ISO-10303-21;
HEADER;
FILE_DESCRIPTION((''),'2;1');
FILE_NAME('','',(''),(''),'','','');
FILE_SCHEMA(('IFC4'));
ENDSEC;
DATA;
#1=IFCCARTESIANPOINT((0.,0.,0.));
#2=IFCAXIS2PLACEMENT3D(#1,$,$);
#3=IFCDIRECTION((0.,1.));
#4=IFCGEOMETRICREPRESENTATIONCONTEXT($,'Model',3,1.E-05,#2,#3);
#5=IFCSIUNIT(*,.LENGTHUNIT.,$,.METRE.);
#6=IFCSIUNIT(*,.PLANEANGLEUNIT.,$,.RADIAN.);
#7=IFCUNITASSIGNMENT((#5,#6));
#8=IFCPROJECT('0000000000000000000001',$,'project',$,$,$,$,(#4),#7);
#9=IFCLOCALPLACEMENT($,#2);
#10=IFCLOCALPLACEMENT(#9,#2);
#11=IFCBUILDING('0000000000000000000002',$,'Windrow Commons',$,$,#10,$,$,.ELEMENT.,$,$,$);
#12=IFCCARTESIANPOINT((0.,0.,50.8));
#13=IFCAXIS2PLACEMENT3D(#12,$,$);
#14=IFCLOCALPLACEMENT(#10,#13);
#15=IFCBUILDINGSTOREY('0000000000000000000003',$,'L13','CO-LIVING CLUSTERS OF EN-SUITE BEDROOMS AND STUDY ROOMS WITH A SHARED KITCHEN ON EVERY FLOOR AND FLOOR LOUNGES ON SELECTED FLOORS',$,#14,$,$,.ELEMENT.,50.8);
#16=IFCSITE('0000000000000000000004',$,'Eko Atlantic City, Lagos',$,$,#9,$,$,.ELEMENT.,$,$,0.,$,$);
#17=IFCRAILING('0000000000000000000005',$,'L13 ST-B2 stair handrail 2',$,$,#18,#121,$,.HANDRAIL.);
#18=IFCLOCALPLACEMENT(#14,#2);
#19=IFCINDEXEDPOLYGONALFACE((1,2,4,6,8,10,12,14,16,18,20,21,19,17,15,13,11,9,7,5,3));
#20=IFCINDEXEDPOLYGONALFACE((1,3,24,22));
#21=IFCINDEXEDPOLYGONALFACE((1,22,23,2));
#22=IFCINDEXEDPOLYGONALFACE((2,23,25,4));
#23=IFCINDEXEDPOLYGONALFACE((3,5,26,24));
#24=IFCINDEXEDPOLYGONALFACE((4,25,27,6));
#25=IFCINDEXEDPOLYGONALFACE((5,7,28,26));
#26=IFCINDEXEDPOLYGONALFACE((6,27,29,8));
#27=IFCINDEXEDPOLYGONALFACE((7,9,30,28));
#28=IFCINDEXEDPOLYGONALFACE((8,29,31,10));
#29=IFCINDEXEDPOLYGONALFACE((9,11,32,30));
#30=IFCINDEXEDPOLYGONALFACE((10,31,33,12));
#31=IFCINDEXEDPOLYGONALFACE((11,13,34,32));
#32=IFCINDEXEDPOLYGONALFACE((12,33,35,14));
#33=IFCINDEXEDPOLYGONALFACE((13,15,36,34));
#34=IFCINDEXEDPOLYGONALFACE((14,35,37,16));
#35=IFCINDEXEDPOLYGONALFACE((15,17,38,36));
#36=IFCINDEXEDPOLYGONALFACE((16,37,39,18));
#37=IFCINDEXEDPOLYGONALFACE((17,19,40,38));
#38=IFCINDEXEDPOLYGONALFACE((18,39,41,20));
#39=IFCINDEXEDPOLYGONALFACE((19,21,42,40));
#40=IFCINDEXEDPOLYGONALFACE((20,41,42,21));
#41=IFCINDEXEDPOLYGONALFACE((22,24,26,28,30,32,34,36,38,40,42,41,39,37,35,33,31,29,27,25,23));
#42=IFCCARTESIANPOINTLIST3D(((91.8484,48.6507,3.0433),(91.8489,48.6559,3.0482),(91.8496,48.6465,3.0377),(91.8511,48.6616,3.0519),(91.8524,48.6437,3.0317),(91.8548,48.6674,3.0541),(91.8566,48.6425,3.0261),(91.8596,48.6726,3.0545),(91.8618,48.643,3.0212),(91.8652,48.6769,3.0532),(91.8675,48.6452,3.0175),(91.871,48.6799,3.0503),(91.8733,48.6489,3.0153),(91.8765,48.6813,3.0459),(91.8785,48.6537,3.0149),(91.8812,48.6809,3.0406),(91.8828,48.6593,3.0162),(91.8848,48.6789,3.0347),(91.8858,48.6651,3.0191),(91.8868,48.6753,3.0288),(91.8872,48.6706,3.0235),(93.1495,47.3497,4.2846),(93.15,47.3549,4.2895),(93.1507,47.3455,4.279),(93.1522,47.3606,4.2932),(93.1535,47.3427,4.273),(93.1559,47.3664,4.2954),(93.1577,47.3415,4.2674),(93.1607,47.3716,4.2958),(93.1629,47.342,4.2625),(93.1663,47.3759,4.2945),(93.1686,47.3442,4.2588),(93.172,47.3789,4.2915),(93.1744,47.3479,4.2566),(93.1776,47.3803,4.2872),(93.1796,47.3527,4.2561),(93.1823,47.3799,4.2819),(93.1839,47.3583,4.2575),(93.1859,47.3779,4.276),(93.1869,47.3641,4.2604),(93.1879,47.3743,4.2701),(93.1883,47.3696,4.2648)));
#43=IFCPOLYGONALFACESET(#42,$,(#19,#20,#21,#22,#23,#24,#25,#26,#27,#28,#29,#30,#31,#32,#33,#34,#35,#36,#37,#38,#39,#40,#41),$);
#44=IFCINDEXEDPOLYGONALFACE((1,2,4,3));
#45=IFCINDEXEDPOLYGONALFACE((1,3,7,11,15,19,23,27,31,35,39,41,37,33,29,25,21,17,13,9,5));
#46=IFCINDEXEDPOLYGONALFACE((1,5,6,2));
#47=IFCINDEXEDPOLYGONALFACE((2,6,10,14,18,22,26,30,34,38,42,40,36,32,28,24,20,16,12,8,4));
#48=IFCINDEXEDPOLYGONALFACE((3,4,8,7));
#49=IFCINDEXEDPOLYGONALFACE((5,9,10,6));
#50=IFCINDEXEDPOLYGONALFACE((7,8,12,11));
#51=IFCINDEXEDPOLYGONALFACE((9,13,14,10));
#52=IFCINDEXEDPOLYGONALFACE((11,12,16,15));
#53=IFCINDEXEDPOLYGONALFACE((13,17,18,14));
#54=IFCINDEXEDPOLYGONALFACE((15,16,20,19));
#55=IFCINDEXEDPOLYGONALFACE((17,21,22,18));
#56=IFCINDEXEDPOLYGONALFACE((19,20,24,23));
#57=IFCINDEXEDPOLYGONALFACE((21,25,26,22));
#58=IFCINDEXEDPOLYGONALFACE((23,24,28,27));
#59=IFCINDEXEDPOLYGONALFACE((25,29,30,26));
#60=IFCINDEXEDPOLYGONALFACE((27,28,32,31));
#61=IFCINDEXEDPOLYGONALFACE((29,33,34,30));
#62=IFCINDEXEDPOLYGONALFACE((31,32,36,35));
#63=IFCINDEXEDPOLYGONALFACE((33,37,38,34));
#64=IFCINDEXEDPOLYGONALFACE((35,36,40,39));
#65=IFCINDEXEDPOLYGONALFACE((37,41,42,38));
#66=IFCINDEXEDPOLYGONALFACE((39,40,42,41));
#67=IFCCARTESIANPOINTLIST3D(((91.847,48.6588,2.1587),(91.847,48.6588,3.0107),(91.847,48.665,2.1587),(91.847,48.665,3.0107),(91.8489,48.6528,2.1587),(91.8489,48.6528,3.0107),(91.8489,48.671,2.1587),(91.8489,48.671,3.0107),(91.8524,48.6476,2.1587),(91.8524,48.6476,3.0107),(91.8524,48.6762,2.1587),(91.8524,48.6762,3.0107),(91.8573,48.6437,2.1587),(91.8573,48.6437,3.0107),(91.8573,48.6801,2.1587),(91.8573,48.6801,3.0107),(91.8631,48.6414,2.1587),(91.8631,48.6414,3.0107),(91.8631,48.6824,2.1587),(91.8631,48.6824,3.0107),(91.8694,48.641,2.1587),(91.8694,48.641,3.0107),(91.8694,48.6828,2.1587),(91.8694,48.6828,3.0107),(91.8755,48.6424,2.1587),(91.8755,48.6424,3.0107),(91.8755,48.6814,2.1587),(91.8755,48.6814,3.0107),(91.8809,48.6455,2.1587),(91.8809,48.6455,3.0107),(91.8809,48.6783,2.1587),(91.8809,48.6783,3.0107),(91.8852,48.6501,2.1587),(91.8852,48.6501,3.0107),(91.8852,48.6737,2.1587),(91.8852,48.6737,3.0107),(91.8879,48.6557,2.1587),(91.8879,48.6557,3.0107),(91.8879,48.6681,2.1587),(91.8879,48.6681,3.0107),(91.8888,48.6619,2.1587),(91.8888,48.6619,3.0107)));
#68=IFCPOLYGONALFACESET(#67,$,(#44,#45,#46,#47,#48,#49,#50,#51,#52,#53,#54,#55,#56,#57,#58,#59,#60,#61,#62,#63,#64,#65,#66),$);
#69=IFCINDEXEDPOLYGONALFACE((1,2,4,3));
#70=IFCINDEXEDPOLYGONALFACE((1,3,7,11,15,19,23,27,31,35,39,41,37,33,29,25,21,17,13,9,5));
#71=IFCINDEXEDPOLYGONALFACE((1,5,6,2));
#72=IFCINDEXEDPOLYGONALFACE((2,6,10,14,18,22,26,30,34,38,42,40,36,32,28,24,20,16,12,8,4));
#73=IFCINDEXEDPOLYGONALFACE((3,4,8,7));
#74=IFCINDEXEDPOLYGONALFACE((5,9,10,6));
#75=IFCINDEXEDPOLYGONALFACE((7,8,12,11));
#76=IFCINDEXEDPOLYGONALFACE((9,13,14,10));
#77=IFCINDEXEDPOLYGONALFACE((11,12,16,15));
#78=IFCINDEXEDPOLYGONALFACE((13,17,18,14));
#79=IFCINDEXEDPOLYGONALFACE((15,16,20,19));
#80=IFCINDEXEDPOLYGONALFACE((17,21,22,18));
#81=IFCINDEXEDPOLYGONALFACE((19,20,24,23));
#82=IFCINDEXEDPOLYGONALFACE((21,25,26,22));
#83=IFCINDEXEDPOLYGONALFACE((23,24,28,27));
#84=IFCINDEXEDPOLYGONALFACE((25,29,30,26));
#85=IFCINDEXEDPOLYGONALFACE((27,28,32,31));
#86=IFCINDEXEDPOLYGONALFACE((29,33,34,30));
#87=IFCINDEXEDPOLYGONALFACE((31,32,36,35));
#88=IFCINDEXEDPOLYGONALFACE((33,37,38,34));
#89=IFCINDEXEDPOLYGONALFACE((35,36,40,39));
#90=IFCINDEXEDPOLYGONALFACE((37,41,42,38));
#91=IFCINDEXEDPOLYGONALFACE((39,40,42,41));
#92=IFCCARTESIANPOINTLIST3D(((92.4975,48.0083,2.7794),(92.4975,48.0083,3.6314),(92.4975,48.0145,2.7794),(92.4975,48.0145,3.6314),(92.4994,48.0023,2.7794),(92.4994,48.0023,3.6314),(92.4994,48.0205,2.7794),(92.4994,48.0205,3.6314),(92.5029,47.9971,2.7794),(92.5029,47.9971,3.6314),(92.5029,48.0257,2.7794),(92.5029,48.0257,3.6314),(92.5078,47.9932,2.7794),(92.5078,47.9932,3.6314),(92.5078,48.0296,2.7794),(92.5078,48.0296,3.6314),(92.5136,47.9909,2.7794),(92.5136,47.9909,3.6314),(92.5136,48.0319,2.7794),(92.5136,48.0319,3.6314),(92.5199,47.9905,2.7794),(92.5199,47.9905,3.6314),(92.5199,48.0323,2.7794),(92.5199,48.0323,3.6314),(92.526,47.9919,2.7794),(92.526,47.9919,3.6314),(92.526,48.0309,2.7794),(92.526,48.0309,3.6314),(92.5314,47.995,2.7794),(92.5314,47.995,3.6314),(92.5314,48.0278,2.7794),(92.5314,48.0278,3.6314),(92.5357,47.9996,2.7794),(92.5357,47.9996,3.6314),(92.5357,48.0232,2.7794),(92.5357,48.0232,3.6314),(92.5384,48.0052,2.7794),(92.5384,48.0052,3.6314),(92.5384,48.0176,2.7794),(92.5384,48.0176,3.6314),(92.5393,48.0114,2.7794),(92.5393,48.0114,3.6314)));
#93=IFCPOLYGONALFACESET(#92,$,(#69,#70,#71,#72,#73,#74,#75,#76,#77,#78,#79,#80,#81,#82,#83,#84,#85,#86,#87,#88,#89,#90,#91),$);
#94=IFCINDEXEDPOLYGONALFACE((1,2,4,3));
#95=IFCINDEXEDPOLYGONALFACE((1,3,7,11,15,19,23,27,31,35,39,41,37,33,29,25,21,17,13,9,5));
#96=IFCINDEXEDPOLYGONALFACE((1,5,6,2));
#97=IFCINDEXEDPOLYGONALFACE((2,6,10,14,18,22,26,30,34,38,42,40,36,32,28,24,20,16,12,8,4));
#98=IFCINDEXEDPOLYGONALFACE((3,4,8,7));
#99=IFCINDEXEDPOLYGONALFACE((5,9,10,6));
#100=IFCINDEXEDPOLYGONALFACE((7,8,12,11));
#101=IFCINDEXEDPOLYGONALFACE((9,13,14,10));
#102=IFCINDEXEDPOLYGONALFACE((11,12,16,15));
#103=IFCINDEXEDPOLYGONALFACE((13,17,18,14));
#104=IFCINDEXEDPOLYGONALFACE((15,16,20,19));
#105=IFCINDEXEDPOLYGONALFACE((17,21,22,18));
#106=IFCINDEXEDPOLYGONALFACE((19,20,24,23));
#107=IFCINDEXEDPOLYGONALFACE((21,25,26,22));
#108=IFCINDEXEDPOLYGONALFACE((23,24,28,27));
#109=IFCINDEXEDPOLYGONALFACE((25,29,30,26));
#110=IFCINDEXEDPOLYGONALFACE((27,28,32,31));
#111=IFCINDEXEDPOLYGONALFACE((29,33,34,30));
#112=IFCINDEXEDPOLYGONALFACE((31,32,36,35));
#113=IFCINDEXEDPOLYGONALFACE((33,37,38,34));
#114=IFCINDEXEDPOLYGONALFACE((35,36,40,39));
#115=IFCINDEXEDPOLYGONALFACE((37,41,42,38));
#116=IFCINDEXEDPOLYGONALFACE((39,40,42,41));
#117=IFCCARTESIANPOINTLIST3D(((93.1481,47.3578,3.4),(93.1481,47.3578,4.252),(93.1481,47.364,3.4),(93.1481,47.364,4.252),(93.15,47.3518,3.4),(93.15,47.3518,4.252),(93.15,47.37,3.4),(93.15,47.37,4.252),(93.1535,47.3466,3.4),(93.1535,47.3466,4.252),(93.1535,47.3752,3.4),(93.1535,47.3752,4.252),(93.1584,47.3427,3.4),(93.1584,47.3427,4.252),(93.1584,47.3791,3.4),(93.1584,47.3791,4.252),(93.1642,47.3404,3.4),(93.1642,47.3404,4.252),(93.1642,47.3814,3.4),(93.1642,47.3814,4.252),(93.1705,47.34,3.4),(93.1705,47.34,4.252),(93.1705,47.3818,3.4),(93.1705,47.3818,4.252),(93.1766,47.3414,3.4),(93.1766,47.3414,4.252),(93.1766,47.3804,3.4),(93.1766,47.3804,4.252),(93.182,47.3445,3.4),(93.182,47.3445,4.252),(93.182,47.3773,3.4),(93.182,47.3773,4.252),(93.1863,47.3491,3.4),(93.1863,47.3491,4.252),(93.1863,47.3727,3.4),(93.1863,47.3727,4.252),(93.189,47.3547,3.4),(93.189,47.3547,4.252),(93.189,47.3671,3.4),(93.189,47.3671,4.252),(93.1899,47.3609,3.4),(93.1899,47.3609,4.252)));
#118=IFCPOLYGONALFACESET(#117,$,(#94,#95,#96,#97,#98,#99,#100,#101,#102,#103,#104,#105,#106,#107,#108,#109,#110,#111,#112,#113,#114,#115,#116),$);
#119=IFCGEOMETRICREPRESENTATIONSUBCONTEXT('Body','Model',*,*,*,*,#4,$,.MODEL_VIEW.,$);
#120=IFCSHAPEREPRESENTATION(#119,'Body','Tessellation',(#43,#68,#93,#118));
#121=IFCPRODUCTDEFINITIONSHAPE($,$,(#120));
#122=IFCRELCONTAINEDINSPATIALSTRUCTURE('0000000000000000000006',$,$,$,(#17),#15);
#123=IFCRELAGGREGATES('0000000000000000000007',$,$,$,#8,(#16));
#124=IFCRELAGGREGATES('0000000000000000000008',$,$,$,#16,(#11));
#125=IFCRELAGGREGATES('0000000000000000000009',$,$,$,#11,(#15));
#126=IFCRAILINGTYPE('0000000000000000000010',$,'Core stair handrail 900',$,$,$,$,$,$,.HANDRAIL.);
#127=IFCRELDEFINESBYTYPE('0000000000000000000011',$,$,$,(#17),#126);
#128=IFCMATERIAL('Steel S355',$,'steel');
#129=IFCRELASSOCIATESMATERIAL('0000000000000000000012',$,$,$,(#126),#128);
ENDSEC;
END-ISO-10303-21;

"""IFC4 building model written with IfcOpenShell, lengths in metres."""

from ifc_helpers import new_model, si_unit, direction, frame, origin, origin_2d, place, context, subcontext, project, spatial, circle, extrude, material, type_object, element, save


model = new_model("IFC4")

# Units and contexts
model_context = context("Model", 3, precision=1e-05, world=origin(), true_north=direction((0.0, 1.0)))
body_context = subcontext(model_context, "Body", "Model", "MODEL_VIEW")
ifc_project = project(units=[si_unit("LENGTHUNIT", "METRE"), si_unit("PLANEANGLEUNIT", "RADIAN")], contexts=[model_context])

# Site, building, storey
site_placement = place(None, origin())
site = spatial("IfcSite", under=ifc_project, at=site_placement, Name="Eko Atlantic City, Lagos", CompositionType="ELEMENT", RefElevation=0.0)
building_placement = place(site_placement, origin())
building = spatial("IfcBuilding", under=site, at=building_placement, Name="Windrow Commons", CompositionType="ELEMENT")
storey_placement = place(building_placement, frame((0.0, 0.0, 50.8)))
storey = spatial("IfcBuildingStorey", under=building, at=storey_placement, Name="L13", Description="CO-LIVING CLUSTERS OF EN-SUITE BEDROOMS AND STUDY ROOMS WITH A SHARED KITCHEN ON EVERY FLOOR AND FLOOR LOUNGES ON SELECTED FLOORS", CompositionType="ELEMENT", Elevation=50.8)

# Railing
ifc_material_1 = material(Name="Steel S355", Category="steel")
railing_type_1 = type_object("IfcRailingType", Name="Core stair handrail 900", PredefinedType="HANDRAIL", material=ifc_material_1)
railing_1_placement = place(storey_placement, frame((91.8678, 48.6619, 2.1587)))
element("IfcRailing", 1, at=railing_1_placement, inside=storey, type_object=railing_type_1, Name="L13 ST-B2 stair handrail 2", PredefinedType="HANDRAIL", context=body_context, shape_type="SweptSolid", body=[
    extrude(circle(Radius=0.024, at=origin_2d()), frame((0.0, 0.0, 0.876), z_axis=(0.586207, -0.586162, 0.559264), x_axis=(0.70708, 0.707134, 0.0)), (0.0, 0.0, 1.0), 2.2195),
    extrude(circle(Radius=0.021, at=origin_2d()), origin(), (0.0, 0.0, 1.0), 0.852),
    extrude(circle(Radius=0.021, at=origin_2d()), frame((0.6505, -0.6505, 0.6207)), (0.0, 0.0, 1.0), 0.852),
    extrude(circle(Radius=0.021, at=origin_2d()), frame((1.3011, -1.301, 1.2413)), (0.0, 0.0, 1.0), 0.852),
])

save(model, "model.ifc")
